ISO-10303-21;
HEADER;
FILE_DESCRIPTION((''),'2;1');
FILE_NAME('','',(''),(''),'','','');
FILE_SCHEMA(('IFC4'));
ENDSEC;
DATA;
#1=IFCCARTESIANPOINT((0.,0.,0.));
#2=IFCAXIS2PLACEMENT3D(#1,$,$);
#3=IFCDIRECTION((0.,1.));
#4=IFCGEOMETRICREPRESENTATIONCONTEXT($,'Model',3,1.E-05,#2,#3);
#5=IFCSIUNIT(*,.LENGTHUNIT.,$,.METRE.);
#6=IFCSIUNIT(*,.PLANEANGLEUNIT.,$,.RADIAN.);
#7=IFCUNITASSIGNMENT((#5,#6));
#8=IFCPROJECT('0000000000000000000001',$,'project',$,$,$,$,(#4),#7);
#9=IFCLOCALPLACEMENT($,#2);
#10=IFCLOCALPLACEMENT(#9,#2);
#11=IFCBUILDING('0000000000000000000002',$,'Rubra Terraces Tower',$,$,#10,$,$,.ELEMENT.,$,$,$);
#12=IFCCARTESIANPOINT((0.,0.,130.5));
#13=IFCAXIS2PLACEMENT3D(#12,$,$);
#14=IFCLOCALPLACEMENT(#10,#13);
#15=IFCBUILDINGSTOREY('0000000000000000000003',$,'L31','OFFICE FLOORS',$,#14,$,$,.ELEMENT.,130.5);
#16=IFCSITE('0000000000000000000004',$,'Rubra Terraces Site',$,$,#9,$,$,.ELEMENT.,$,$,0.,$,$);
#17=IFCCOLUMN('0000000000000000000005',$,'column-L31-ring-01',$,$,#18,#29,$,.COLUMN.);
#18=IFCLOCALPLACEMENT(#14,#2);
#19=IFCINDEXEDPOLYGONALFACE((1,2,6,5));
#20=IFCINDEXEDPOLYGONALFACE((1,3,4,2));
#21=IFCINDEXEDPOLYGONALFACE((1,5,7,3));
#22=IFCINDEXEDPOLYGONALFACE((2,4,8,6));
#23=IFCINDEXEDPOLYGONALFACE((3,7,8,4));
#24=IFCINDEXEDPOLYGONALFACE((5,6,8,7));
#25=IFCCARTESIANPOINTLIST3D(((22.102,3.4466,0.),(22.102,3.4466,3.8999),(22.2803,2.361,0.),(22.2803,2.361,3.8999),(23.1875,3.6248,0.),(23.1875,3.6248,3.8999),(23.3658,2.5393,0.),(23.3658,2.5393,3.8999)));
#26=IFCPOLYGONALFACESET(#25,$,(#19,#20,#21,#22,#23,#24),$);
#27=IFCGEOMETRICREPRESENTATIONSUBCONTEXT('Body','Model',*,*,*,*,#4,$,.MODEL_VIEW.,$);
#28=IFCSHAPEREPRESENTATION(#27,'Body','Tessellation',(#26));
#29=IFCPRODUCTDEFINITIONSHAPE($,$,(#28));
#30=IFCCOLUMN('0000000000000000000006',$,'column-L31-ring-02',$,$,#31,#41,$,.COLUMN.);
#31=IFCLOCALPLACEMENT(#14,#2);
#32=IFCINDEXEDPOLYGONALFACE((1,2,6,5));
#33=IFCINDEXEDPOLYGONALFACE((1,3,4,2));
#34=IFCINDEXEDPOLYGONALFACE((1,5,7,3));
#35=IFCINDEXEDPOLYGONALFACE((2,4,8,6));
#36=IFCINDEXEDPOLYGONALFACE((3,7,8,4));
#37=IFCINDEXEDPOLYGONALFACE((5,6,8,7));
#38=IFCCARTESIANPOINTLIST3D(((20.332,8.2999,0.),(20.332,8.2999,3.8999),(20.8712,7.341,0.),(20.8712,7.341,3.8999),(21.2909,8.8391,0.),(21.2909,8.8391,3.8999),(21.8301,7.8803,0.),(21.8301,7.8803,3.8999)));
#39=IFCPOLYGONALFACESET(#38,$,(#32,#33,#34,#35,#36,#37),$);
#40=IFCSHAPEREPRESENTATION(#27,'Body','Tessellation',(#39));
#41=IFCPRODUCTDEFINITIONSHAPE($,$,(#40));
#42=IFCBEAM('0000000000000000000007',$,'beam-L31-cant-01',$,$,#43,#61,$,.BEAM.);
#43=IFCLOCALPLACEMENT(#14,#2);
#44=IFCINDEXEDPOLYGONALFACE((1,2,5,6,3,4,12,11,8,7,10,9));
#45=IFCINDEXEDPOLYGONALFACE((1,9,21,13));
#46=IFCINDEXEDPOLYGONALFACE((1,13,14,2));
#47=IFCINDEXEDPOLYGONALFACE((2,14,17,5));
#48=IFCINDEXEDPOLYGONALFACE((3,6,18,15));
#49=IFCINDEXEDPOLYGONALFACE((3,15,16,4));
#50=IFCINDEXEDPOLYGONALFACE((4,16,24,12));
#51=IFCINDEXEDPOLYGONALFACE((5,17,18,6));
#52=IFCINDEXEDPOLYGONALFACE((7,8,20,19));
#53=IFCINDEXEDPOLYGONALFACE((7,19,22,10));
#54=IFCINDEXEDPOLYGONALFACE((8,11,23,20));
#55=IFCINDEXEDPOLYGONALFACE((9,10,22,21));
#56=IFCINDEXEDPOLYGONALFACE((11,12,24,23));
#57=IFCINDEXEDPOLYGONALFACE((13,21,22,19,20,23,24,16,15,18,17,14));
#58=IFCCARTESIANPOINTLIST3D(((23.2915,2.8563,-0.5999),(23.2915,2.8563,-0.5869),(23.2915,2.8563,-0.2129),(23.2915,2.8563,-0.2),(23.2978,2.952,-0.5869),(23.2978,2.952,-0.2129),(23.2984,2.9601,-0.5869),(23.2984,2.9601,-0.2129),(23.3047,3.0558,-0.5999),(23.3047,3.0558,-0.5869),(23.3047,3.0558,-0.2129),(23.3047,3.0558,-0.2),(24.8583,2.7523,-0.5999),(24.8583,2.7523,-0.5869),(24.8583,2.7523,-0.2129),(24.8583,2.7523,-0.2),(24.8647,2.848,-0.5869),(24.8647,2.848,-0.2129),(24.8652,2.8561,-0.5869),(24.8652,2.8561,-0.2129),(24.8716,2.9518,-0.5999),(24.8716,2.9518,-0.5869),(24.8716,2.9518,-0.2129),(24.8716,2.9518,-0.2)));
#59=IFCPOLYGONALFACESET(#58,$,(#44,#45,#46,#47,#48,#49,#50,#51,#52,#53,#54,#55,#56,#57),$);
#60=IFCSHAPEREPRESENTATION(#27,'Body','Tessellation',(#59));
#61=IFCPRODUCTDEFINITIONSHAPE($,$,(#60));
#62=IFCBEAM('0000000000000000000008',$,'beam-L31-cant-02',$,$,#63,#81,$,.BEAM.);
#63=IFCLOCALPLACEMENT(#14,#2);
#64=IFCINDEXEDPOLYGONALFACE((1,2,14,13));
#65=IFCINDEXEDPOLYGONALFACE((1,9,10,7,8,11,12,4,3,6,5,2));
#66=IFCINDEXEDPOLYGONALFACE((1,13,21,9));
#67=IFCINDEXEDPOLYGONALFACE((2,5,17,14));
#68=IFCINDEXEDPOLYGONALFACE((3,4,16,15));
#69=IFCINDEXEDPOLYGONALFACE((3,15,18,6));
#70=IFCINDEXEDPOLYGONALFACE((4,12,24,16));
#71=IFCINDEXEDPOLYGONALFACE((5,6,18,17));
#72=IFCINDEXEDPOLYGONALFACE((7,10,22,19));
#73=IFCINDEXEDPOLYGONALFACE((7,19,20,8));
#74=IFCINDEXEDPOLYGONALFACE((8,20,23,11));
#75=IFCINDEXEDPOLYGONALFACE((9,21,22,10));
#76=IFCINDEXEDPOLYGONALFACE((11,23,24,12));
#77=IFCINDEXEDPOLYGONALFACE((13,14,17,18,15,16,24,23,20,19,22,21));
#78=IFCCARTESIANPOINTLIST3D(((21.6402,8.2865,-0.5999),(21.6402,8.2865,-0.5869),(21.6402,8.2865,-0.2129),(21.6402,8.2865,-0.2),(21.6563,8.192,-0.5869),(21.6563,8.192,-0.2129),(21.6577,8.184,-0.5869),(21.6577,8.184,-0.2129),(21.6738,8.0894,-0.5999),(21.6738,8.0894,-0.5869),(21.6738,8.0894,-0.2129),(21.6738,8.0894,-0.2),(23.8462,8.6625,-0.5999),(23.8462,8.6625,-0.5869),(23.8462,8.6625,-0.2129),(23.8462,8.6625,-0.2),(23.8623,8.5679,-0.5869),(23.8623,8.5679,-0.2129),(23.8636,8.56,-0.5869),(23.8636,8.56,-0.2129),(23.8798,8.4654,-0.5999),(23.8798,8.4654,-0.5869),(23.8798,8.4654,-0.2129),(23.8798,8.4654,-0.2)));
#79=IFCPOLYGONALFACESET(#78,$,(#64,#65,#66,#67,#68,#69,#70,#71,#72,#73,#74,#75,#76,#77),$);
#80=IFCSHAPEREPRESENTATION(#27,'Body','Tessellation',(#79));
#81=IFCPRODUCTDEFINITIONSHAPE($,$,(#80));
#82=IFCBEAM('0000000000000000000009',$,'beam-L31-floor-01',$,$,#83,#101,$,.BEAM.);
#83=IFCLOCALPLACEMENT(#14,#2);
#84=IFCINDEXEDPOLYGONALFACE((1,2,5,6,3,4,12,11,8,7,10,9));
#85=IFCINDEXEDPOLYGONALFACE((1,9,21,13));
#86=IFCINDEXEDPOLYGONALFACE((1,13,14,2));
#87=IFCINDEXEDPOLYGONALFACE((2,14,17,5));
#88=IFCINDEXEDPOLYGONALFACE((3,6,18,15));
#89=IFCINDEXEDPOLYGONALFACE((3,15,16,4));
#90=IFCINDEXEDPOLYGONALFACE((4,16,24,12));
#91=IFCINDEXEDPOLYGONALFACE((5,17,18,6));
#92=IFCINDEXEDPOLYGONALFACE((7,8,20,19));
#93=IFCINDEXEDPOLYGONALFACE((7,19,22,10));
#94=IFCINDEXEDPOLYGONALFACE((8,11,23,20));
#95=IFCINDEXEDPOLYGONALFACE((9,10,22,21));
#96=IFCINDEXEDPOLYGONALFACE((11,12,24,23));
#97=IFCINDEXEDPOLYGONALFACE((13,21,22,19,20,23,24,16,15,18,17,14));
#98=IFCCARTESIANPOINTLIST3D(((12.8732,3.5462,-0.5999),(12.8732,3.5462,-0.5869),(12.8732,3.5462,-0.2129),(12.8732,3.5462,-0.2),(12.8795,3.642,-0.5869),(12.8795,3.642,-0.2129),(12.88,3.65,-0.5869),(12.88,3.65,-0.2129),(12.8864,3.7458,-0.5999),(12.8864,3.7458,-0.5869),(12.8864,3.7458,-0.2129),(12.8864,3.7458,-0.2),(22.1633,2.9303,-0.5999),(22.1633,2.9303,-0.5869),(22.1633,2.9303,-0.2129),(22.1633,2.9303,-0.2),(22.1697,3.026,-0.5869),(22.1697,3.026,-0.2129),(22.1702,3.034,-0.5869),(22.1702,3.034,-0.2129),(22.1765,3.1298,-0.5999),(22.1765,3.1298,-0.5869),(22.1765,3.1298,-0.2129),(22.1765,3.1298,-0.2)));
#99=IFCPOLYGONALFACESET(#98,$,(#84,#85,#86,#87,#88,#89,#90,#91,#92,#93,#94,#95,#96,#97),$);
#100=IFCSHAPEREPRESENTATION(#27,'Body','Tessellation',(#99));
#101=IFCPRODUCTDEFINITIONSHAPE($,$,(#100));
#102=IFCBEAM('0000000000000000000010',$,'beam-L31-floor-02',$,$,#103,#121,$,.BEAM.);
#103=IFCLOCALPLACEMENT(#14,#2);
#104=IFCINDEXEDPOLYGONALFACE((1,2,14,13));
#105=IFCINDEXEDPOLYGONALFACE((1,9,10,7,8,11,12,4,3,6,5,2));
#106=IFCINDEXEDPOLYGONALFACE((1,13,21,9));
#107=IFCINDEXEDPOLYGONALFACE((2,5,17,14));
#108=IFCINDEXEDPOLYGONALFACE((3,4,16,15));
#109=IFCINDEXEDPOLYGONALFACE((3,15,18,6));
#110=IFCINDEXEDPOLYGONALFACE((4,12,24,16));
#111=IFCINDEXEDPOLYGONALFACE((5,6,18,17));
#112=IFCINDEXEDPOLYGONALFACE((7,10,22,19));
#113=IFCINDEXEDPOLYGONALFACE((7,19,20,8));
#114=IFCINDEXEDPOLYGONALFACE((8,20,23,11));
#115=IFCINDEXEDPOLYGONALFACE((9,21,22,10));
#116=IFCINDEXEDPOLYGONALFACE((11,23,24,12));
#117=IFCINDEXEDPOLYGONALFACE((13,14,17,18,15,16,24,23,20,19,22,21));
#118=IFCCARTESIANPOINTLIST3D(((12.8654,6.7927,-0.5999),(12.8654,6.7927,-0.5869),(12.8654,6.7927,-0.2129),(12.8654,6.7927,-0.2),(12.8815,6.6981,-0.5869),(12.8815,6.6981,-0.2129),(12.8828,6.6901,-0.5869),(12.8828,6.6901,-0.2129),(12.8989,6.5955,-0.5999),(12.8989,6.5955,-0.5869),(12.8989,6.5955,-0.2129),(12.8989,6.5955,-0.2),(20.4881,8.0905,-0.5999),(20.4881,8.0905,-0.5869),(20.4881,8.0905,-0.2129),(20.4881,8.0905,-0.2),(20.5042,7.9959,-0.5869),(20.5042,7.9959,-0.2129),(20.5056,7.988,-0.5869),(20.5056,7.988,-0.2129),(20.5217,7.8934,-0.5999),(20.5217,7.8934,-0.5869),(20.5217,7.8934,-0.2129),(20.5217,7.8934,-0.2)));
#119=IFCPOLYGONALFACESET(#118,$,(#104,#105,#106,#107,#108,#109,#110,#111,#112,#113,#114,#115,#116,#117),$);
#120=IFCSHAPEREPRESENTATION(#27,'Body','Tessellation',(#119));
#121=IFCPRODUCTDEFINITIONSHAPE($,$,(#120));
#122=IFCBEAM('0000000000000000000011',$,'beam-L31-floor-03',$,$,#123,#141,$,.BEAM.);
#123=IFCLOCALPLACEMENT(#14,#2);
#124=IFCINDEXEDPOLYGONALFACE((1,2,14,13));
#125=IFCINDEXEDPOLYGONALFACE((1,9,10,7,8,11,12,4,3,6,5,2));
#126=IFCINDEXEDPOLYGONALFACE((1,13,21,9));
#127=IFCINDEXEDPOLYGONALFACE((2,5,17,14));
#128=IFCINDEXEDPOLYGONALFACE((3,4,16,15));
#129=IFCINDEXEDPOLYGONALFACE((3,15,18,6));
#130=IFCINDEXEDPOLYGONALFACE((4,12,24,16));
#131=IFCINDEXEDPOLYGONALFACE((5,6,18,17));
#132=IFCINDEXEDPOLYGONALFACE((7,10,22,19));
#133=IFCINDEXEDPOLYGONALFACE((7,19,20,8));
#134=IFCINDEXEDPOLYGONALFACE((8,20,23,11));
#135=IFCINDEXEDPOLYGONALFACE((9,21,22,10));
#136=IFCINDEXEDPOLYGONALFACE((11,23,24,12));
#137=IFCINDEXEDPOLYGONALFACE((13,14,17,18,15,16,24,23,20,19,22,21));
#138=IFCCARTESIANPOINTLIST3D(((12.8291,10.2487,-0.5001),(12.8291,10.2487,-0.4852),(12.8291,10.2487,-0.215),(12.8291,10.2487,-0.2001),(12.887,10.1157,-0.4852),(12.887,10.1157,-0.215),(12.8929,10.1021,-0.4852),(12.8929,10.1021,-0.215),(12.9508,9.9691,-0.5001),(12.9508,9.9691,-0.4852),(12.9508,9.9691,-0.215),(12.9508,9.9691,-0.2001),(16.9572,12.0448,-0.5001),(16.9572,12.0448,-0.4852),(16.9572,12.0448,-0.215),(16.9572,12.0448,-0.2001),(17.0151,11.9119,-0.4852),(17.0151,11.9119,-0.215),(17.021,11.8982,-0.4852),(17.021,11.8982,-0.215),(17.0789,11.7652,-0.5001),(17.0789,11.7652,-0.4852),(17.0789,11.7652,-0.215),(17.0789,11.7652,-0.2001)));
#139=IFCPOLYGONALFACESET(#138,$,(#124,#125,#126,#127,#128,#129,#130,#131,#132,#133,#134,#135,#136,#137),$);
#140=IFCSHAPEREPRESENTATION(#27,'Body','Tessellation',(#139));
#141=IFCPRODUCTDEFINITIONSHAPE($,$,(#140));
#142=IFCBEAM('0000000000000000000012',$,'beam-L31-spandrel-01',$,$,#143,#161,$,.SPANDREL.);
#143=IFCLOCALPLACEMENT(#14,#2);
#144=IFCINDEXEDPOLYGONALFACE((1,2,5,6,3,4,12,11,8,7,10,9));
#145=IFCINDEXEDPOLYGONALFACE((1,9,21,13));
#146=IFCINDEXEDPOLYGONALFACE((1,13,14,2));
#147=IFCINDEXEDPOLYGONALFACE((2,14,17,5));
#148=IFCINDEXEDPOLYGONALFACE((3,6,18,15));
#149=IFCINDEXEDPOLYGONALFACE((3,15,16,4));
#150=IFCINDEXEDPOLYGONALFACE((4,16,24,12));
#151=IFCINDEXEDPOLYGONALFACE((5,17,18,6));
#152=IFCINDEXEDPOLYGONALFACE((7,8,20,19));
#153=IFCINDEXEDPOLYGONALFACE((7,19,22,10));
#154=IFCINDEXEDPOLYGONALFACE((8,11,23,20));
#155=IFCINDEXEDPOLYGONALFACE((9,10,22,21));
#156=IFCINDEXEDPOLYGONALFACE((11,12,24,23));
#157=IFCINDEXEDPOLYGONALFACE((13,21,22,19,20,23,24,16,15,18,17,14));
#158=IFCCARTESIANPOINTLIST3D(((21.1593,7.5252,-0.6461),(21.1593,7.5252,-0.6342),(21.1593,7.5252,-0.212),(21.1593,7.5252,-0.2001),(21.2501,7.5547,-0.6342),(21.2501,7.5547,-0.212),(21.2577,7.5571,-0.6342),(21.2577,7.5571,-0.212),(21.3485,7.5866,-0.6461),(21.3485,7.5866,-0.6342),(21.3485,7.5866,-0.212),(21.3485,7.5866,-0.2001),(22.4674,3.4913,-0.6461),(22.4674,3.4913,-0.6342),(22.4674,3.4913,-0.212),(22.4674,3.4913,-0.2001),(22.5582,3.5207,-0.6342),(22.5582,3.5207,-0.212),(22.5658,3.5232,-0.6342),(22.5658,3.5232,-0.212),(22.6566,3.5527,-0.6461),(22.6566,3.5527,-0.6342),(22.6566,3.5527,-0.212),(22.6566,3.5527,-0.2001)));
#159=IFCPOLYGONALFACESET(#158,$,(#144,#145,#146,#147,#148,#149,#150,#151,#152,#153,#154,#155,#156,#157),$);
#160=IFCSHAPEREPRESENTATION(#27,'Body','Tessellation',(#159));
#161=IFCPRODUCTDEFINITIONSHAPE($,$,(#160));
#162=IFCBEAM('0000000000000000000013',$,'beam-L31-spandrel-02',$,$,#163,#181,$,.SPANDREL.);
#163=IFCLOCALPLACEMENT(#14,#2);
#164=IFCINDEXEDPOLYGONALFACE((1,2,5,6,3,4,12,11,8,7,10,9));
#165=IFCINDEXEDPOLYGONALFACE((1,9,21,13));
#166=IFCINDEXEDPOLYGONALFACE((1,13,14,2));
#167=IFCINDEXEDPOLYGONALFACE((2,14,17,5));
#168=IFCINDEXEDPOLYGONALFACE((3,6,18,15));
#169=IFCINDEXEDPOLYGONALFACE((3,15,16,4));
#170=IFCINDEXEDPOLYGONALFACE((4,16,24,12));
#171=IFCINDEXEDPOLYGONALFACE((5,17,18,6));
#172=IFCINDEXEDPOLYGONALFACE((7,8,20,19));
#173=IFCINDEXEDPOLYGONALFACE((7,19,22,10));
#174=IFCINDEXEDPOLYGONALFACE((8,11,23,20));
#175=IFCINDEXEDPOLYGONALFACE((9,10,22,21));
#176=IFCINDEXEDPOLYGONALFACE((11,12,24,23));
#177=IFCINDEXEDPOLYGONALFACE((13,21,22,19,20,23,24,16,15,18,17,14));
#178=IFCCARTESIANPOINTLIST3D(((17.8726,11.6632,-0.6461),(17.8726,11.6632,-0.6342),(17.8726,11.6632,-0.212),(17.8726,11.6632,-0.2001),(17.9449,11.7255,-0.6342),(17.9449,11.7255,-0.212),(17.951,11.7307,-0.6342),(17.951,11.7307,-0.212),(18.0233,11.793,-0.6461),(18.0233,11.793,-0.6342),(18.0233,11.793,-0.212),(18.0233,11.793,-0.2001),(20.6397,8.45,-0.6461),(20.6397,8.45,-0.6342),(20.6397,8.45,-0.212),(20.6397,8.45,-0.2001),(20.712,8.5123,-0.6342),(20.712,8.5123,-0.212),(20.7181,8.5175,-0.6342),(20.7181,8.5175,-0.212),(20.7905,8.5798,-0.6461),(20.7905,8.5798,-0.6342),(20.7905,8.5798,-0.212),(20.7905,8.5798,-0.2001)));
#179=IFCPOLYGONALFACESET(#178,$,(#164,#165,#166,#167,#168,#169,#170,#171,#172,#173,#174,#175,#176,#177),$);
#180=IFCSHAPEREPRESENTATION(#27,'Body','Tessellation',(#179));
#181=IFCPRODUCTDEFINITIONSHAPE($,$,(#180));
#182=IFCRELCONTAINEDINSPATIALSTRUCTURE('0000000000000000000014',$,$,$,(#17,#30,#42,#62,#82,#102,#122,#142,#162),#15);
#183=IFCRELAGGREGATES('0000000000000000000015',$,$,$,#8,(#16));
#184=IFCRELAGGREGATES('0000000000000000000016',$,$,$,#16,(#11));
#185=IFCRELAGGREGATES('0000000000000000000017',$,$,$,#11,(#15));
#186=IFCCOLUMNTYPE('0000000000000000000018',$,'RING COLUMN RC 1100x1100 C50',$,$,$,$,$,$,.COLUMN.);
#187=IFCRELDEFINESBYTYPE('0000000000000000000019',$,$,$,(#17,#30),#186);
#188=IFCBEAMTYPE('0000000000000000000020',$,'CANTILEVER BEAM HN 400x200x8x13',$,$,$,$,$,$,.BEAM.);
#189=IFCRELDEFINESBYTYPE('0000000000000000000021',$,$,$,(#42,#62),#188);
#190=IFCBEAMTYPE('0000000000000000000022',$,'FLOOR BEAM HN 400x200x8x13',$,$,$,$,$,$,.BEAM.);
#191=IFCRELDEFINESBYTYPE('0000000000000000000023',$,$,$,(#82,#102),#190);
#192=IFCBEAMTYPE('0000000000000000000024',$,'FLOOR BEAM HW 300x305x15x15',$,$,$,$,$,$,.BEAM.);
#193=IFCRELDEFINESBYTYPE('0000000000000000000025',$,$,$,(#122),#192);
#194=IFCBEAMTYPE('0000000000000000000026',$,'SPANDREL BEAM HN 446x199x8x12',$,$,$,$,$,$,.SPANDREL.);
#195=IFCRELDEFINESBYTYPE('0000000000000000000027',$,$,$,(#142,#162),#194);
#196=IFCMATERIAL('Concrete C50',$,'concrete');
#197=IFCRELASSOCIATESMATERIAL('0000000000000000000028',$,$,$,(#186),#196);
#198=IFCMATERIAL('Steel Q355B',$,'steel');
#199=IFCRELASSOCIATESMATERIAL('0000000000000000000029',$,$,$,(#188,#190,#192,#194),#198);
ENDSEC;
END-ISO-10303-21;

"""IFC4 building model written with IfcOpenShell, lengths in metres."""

from ifc_helpers import new_model, si_unit, direction, frame, origin, origin_2d, place, context, subcontext, project, spatial, rectangle, i_section, extrude, material, material_profile, profile_set, type_object, element, save


model = new_model("IFC4")

# Units and contexts
model_context = context("Model", 3, precision=1e-05, world=origin(), true_north=direction((0.0, 1.0)))
body_context = subcontext(model_context, "Body", "Model", "MODEL_VIEW")
ifc_project = project(units=[si_unit("LENGTHUNIT", "METRE"), si_unit("PLANEANGLEUNIT", "RADIAN")], contexts=[model_context])

# Site, building, storey
site_placement = place(None, origin())
site = spatial("IfcSite", under=ifc_project, at=site_placement, Name="Rubra Terraces Site", CompositionType="ELEMENT", RefElevation=0.0)
building_placement = place(site_placement, origin())
building = spatial("IfcBuilding", under=site, at=building_placement, Name="Rubra Terraces Tower", CompositionType="ELEMENT")
storey_placement = place(building_placement, frame((0.0, 0.0, 130.5)))
storey = spatial("IfcBuildingStorey", under=building, at=storey_placement, Name="L31", Description="OFFICE FLOORS", CompositionType="ELEMENT", Elevation=130.5)

# Columns
ifc_material_1 = material(Name="Concrete C50", Category="concrete")
ifc_material_profile_1 = material_profile(ifc_material_1, rectangle(XDim=1.1001, YDim=1.1001, at=origin_2d()), Name="RC 1100x1100")
ifc_profile_set_1 = profile_set([ifc_material_profile_1], Name="Concrete C50")
column_type = type_object("IfcColumnType", Name="RING COLUMN RC 1100x1100 C50", PredefinedType="COLUMN", material=ifc_profile_set_1)
for number, where, z_axis, x_axis, name in (
    (1, (22.7339, 2.9929, 0.0), (0.0, 0.0, 1.0), (-0.162062, 0.986781, 0.0), "column-L31-ring-01"),
    (2, (21.0811, 8.0901, 0.0), (0.0, 0.0, 1.0), (-0.490162, 0.871631, 0.0), "column-L31-ring-02"),
):
    element("IfcColumn", number, at=place(storey_placement, frame(where, z_axis=z_axis, x_axis=x_axis)), inside=storey, type_object=column_type, Name=name, PredefinedType="COLUMN", context=body_context, shape_type="SweptSolid", body=[
        extrude(rectangle(XDim=1.1001, YDim=1.1001, at=origin_2d()), origin(), (0.0, 0.0, 1.0), 3.8999),
    ])

# Beams
ifc_material_2 = material(Name="Steel Q355B", Category="steel")
ifc_material_profile_2 = material_profile(ifc_material_2, i_section(OverallWidth=0.2, OverallDepth=0.3999, WebThickness=0.0081, FlangeThickness=0.0129, at=origin_2d()), Name="HN 400x200x8x13")
ifc_profile_set_2 = profile_set([ifc_material_profile_2], Name="Steel Q355B")
beam_type_1 = type_object("IfcBeamType", Name="CANTILEVER BEAM HN 400x200x8x13", PredefinedType="BEAM", material=ifc_profile_set_2)
beam_1_placement = place(storey_placement, frame((23.2981, 2.9561, -0.3999), z_axis=(0.997804, -0.06623, 0.0), x_axis=(0.06623, 0.997804, 0.0)))
element("IfcBeam", 3, at=beam_1_placement, inside=storey, type_object=beam_type_1, Name="beam-L31-cant-01", PredefinedType="BEAM", context=body_context, shape_type="SweptSolid", body=[
    extrude(i_section(OverallWidth=0.2, OverallDepth=0.3999, WebThickness=0.0081, FlangeThickness=0.0129, at=origin_2d()), origin(), (0.0, 0.0, 1.0), 1.5703),
])
beam_2_placement = place(storey_placement, frame((21.657, 8.188, -0.3999), z_axis=(0.985786, 0.168007, 0.0), x_axis=(-0.168007, 0.985786, 0.0)))
element("IfcBeam", 4, at=beam_2_placement, inside=storey, type_object=beam_type_1, Name="beam-L31-cant-02", PredefinedType="BEAM", context=body_context, shape_type="SweptSolid", body=[
    extrude(i_section(OverallWidth=0.2, OverallDepth=0.3999, WebThickness=0.0081, FlangeThickness=0.0129, at=origin_2d()), origin(), (0.0, 0.0, 1.0), 2.2378),
])
ifc_material_profile_3 = material_profile(ifc_material_2, i_section(OverallWidth=0.2, OverallDepth=0.3999, WebThickness=0.0081, FlangeThickness=0.0129, at=origin_2d()), Name="HN 400x200x8x13")
ifc_profile_set_3 = profile_set([ifc_material_profile_3], Name="Steel Q355B")
beam_type_2 = type_object("IfcBeamType", Name="FLOOR BEAM HN 400x200x8x13", PredefinedType="BEAM", material=ifc_profile_set_3)
beam_3_placement = place(storey_placement, frame((22.1699, 3.03, -0.3999), z_axis=(-0.997809, 0.066159, 0.0), x_axis=(-0.066159, -0.997809, 0.0)))
element("IfcBeam", 5, at=beam_3_placement, inside=storey, type_object=beam_type_2, Name="beam-L31-floor-01", PredefinedType="BEAM", context=body_context, shape_type="SweptSolid", body=[
    extrude(i_section(OverallWidth=0.2, OverallDepth=0.3999, WebThickness=0.0081, FlangeThickness=0.0129, at=origin_2d()), origin(), (0.0, 0.0, 1.0), 9.3105),
])
beam_4_placement = place(storey_placement, frame((20.5049, 7.9919, -0.3999), z_axis=(-0.985814, -0.167844, 0.0), x_axis=(0.167844, -0.985814, 0.0)))
element("IfcBeam", 6, at=beam_4_placement, inside=storey, type_object=beam_type_2, Name="beam-L31-floor-02", PredefinedType="BEAM", context=body_context, shape_type="SweptSolid", body=[
    extrude(i_section(OverallWidth=0.2, OverallDepth=0.3999, WebThickness=0.0081, FlangeThickness=0.0129, at=origin_2d()), origin(), (0.0, 0.0, 1.0), 7.7324),
])
ifc_material_profile_4 = material_profile(ifc_material_2, i_section(OverallWidth=0.3049, OverallDepth=0.3, WebThickness=0.0149, FlangeThickness=0.0149, at=origin_2d()), Name="HW 300x305x15x15")
ifc_profile_set_4 = profile_set([ifc_material_profile_4], Name="Steel Q355B")
beam_type_3 = type_object("IfcBeamType", Name="FLOOR BEAM HW 300x305x15x15", PredefinedType="BEAM", material=ifc_profile_set_4)
beam_5_placement = place(storey_placement, frame((17.0181, 11.905, -0.3501), z_axis=(-0.916966, -0.398966, 0.0), x_axis=(0.398966, -0.916966, 0.0)))
element("IfcBeam", 7, at=beam_5_placement, inside=storey, type_object=beam_type_3, Name="beam-L31-floor-03", PredefinedType="BEAM", context=body_context, shape_type="SweptSolid", body=[
    extrude(i_section(OverallWidth=0.3049, OverallDepth=0.3, WebThickness=0.0149, FlangeThickness=0.0149, at=origin_2d()), origin(), (0.0, 0.0, 1.0), 4.502),
])
ifc_material_profile_5 = material_profile(ifc_material_2, i_section(OverallWidth=0.199, OverallDepth=0.446, WebThickness=0.0081, FlangeThickness=0.012, at=origin_2d()), Name="HN 446x199x8x12")
ifc_profile_set_5 = profile_set([ifc_material_profile_5], Name="Steel Q355B")
beam_type_4 = type_object("IfcBeamType", Name="SPANDREL BEAM HN 446x199x8x12", PredefinedType="SPANDREL", material=ifc_profile_set_5)
beam_6_placement = place(storey_placement, frame((22.562, 3.522, -0.4231), z_axis=(-0.308462, 0.951237, 0.0), x_axis=(-0.951237, -0.308462, 0.0)))
element("IfcBeam", 8, at=beam_6_placement, inside=storey, type_object=beam_type_4, Name="beam-L31-spandrel-01", PredefinedType="SPANDREL", context=body_context, shape_type="SweptSolid", body=[
    extrude(i_section(OverallWidth=0.199, OverallDepth=0.446, WebThickness=0.0081, FlangeThickness=0.012, at=origin_2d()), origin(), (0.0, 0.0, 1.0), 4.2407),
])
beam_7_placement = place(storey_placement, frame((20.7151, 8.5149, -0.4231), z_axis=(-0.652553, 0.757743, 0.0), x_axis=(-0.757743, -0.652553, 0.0)))
element("IfcBeam", 9, at=beam_7_placement, inside=storey, type_object=beam_type_4, Name="beam-L31-spandrel-02", PredefinedType="SPANDREL", context=body_context, shape_type="SweptSolid", body=[
    extrude(i_section(OverallWidth=0.199, OverallDepth=0.446, WebThickness=0.0081, FlangeThickness=0.012, at=origin_2d()), origin(), (0.0, 0.0, 1.0), 4.2405),
])

save(model, "model.ifc")
